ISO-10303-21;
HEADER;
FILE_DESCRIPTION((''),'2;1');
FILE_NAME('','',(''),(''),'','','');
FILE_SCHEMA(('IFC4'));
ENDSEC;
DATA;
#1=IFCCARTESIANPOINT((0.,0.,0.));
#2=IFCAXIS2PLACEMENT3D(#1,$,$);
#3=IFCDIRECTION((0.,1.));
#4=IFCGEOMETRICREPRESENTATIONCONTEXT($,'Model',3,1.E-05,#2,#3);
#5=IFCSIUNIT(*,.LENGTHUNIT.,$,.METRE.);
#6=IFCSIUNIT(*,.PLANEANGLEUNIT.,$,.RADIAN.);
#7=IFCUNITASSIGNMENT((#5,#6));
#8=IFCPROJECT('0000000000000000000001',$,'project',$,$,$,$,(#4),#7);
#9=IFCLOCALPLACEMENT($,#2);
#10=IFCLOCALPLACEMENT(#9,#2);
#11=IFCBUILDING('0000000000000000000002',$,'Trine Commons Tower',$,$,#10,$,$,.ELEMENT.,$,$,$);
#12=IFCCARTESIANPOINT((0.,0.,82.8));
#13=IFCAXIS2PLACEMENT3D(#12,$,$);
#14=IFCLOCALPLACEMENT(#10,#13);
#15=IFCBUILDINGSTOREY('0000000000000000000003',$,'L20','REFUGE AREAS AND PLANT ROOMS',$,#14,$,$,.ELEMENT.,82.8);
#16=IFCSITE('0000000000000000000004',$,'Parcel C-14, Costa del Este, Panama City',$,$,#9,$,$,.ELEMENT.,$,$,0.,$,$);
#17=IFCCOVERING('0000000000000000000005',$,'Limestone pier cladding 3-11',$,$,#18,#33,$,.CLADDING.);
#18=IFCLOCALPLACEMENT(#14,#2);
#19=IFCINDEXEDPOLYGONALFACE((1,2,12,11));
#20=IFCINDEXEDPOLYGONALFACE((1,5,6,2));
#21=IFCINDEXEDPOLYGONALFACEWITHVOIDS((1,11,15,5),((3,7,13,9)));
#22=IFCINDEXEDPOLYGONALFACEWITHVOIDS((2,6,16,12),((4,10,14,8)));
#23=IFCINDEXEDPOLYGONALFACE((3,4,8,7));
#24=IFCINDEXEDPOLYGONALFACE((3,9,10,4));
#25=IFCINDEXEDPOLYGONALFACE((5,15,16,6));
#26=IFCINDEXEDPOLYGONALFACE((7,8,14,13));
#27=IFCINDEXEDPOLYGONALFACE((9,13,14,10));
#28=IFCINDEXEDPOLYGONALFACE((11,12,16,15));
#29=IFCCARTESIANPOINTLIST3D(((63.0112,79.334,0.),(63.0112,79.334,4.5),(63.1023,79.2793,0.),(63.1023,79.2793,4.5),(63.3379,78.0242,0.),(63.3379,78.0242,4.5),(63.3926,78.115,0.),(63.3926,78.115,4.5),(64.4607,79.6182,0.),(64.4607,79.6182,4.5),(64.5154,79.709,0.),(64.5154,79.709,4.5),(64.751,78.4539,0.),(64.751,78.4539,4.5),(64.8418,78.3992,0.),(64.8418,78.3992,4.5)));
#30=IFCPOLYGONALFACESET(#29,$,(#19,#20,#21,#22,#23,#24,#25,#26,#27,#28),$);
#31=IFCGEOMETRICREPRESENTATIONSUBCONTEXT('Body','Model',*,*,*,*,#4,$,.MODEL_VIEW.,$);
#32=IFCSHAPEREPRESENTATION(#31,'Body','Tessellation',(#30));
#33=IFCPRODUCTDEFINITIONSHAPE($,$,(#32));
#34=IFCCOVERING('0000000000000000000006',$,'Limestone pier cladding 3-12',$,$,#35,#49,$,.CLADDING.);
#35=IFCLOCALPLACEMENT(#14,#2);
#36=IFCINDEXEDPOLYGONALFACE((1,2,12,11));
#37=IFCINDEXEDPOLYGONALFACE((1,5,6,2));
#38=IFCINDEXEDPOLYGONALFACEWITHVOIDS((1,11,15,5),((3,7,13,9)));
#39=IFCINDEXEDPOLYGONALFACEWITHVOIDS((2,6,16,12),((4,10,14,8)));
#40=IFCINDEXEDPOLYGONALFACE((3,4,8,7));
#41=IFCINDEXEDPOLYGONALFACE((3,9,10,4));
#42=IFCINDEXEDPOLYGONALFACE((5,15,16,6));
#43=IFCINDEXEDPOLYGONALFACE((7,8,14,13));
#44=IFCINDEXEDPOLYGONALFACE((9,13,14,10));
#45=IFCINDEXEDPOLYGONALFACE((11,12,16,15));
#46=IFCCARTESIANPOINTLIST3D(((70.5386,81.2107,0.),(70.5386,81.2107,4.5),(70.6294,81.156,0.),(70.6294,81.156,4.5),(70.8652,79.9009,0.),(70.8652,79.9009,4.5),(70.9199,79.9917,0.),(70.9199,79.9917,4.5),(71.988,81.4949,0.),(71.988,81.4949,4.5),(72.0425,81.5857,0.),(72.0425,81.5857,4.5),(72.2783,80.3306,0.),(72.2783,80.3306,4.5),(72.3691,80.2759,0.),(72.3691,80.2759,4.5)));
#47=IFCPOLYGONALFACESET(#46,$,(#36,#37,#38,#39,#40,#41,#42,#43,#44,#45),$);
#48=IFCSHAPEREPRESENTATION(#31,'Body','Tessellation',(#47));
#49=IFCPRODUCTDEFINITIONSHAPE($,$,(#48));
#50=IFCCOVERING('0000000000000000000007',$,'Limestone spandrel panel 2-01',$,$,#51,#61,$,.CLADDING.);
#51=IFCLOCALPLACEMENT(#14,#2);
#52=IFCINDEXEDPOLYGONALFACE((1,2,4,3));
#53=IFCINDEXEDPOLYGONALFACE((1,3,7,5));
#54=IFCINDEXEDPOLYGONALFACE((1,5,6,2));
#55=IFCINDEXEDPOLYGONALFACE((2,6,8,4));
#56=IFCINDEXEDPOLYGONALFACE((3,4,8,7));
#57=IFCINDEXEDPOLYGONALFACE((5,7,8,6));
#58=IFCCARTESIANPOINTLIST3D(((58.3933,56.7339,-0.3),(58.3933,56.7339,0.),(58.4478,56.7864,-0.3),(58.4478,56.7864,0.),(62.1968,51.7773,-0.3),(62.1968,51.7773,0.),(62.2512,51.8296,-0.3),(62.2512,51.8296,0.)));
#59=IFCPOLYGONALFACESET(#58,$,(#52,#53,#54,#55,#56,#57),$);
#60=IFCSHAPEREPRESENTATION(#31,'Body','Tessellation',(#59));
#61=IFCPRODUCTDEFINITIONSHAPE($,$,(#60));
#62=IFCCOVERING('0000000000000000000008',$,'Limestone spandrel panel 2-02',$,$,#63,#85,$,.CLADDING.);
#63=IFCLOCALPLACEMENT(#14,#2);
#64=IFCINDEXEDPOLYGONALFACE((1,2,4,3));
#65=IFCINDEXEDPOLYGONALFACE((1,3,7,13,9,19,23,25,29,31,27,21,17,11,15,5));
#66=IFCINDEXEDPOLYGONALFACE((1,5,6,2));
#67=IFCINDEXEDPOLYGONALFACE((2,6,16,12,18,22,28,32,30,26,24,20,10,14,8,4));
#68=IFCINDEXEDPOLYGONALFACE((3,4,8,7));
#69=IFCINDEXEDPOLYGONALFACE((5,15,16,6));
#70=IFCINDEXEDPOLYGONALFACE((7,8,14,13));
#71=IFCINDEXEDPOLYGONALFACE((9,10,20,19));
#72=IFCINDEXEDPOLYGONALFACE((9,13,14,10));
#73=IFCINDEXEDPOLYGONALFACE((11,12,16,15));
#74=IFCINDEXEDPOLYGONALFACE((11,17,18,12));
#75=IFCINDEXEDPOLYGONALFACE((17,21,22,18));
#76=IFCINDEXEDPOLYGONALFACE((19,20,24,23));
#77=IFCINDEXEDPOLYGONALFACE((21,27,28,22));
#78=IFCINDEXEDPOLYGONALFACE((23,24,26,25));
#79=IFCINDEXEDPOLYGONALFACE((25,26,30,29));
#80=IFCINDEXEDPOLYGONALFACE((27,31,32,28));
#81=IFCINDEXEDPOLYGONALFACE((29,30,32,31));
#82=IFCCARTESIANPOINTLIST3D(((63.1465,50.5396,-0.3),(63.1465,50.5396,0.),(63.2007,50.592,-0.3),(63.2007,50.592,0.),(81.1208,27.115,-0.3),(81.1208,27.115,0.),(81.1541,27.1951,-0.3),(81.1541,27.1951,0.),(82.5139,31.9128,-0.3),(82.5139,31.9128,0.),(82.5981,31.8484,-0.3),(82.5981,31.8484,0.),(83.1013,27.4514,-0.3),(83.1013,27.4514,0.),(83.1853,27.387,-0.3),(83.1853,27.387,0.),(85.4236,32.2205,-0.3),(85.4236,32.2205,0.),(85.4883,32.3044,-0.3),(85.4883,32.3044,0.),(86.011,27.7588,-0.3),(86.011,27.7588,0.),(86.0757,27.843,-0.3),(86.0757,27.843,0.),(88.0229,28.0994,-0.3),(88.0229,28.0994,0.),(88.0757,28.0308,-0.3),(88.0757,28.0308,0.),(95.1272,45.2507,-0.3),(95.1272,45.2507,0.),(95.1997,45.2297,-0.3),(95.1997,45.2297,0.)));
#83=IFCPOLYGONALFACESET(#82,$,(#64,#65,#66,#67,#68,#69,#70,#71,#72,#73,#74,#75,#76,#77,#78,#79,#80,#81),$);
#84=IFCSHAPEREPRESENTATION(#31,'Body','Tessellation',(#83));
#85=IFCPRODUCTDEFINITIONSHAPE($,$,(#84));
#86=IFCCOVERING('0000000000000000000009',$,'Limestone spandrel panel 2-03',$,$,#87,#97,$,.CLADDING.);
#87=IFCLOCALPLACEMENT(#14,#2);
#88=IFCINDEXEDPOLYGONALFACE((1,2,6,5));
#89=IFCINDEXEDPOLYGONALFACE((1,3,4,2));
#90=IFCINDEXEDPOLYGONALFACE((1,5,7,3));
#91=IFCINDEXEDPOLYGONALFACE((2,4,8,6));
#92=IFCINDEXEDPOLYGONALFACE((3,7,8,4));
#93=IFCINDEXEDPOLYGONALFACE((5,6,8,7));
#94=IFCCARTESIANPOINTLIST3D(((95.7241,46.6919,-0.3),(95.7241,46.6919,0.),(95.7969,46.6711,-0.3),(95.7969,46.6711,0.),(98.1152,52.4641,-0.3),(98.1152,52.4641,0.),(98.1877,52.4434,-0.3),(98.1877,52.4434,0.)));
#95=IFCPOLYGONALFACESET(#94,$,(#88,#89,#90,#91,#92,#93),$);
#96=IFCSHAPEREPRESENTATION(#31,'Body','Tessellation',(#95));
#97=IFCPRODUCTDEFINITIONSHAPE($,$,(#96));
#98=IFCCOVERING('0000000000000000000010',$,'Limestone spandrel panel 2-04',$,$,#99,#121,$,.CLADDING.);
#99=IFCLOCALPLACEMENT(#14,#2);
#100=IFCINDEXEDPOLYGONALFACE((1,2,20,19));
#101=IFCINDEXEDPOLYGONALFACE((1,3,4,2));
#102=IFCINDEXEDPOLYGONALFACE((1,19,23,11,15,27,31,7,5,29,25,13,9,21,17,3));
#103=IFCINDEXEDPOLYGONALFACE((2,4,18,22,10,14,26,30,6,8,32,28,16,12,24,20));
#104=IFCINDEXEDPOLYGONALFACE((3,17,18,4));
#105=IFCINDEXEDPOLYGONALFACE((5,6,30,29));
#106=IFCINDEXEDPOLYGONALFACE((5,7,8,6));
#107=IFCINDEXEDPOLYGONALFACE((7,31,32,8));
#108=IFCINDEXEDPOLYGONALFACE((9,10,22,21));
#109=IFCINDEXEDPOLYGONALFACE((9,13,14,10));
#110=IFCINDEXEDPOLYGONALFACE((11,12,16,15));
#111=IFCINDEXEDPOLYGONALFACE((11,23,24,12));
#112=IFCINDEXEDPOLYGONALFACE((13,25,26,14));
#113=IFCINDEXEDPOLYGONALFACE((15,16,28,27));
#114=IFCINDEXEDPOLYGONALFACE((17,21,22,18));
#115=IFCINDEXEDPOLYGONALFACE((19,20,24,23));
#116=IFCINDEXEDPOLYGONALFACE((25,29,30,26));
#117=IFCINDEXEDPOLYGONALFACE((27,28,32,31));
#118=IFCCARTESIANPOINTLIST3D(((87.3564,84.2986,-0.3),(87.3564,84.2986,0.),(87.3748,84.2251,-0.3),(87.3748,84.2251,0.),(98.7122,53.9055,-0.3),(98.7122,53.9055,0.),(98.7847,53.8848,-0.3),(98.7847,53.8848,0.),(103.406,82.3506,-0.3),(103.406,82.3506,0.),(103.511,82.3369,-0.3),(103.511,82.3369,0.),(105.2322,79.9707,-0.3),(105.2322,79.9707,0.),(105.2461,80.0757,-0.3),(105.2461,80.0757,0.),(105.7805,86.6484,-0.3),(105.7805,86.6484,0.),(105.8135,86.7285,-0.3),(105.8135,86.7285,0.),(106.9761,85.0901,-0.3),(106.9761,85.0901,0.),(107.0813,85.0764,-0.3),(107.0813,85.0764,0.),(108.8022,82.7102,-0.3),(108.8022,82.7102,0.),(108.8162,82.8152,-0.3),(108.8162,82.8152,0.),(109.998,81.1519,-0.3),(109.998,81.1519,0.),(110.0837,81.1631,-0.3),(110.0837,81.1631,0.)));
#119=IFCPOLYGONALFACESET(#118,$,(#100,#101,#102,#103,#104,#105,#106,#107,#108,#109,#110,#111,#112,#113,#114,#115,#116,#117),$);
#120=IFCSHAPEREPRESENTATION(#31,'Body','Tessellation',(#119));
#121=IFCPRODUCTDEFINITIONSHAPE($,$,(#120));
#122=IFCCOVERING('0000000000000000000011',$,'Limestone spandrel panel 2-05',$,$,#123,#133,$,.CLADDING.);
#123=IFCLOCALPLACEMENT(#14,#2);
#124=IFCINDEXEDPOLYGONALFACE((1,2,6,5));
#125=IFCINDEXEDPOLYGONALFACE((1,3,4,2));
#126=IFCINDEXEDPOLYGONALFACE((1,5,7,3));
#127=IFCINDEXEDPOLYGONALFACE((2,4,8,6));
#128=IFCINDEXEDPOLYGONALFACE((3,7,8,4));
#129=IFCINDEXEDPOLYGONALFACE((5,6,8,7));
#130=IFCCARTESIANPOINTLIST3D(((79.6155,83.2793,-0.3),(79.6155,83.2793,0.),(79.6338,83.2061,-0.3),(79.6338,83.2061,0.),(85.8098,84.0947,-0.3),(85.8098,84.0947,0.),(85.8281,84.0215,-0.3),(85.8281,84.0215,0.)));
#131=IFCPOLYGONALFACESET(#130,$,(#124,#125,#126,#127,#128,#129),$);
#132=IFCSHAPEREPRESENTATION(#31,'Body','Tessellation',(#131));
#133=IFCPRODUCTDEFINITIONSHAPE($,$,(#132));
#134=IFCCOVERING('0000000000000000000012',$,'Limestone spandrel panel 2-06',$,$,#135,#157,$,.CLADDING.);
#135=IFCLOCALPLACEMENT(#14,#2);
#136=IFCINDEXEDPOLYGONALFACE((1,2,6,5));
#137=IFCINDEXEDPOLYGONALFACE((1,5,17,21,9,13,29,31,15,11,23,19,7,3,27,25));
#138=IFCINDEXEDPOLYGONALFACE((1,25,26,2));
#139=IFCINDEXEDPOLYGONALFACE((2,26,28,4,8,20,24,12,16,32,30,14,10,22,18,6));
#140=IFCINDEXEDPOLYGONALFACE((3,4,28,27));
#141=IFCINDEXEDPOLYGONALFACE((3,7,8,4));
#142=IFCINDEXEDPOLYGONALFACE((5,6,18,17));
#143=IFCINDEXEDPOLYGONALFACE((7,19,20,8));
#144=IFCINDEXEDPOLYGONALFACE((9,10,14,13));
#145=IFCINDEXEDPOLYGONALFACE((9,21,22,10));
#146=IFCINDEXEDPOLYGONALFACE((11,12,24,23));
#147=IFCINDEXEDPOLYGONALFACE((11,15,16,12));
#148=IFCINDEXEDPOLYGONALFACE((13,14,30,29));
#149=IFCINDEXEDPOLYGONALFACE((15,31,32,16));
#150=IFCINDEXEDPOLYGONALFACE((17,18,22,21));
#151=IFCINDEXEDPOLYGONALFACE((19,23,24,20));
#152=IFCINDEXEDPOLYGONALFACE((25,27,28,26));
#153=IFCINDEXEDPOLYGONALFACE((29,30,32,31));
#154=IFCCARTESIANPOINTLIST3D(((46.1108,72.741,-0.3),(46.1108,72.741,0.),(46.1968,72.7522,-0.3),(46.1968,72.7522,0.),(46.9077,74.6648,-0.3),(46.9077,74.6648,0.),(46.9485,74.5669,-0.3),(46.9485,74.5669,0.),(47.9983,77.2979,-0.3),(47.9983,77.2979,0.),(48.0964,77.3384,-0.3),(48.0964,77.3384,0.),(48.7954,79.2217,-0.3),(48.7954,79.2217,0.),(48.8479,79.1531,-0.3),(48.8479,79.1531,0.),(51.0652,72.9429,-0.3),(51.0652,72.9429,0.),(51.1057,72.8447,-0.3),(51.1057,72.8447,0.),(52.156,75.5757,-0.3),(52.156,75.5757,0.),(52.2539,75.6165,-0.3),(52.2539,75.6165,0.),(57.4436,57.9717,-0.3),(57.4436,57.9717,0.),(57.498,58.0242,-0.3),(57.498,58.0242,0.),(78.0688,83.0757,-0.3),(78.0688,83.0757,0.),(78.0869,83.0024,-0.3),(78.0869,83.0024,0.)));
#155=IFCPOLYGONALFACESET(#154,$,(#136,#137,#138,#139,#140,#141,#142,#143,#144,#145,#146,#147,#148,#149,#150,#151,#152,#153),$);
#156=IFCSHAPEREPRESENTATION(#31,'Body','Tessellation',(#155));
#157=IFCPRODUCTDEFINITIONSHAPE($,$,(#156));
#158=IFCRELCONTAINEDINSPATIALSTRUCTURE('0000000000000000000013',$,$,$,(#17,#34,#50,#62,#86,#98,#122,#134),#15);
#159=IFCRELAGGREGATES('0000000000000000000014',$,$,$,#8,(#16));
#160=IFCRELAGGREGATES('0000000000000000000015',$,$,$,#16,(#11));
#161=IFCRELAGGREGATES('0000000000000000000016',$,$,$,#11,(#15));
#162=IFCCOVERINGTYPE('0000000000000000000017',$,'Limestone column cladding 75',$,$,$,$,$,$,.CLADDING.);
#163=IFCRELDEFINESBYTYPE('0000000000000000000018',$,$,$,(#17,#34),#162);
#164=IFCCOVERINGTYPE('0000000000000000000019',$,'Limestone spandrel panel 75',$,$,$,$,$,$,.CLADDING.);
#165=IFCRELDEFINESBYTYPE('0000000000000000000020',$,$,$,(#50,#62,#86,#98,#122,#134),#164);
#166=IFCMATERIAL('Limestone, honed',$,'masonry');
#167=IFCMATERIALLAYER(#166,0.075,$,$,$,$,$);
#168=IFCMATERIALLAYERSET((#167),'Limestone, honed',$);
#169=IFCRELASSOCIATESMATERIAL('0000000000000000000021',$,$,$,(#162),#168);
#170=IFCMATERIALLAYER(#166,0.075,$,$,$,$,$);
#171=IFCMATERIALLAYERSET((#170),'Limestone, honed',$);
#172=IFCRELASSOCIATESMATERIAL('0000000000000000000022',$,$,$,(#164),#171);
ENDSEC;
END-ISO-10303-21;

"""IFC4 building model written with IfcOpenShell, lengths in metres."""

from ifc_helpers import new_model, si_unit, direction, frame, origin, place, context, subcontext, project, spatial, polyline, outline, extrude, material, layer, layer_set, type_object, element, save


model = new_model("IFC4")

# Units and contexts
model_context = context("Model", 3, precision=1e-05, world=origin(), true_north=direction((0.0, 1.0)))
body_context = subcontext(model_context, "Body", "Model", "MODEL_VIEW")
ifc_project = project(units=[si_unit("LENGTHUNIT", "METRE"), si_unit("PLANEANGLEUNIT", "RADIAN")], contexts=[model_context])

# Site, building, storey
site_placement = place(None, origin())
site = spatial("IfcSite", under=ifc_project, at=site_placement, Name="Parcel C-14, Costa del Este, Panama City", CompositionType="ELEMENT", RefElevation=0.0)
building_placement = place(site_placement, origin())
building = spatial("IfcBuilding", under=site, at=building_placement, Name="Trine Commons Tower", CompositionType="ELEMENT")
storey_placement = place(building_placement, frame((0.0, 0.0, 82.8)))
storey = spatial("IfcBuildingStorey", under=building, at=storey_placement, Name="L20", Description="REFUGE AREAS AND PLANT ROOMS", CompositionType="ELEMENT", Elevation=82.8)

# Coverings
ifc_material_1 = material(Name="Limestone, honed", Category="masonry")
ifc_layer_1 = layer(ifc_material_1, 0.075)
ifc_layer_set_1 = layer_set([ifc_layer_1], Name="Limestone, honed")
covering_type_1 = type_object("IfcCoveringType", Name="Limestone column cladding 75", PredefinedType="CLADDING", material=ifc_layer_set_1)
covering_1_placement = place(storey_placement, origin())
element("IfcCovering", 1, at=covering_1_placement, inside=storey, type_object=covering_type_1, Name="Limestone pier cladding 3-11", PredefinedType="CLADDING", context=body_context, shape_type="SweptSolid", body=[
    extrude(outline(polyline([(64.8418, 78.3992), (64.5154, 79.709), (63.0112, 79.334), (63.3379, 78.0242), (64.8418, 78.3992)]), holes=[polyline([(64.751, 78.4539), (64.4607, 79.6182), (63.1023, 79.2793), (63.3926, 78.115), (64.751, 78.4539)])]), origin(), (0.0, 0.0, 1.0), 4.5),
])
covering_2_placement = place(storey_placement, origin())
element("IfcCovering", 2, at=covering_2_placement, inside=storey, type_object=covering_type_1, Name="Limestone pier cladding 3-12", PredefinedType="CLADDING", context=body_context, shape_type="SweptSolid", body=[
    extrude(outline(polyline([(72.3691, 80.2759), (72.0425, 81.5857), (70.5386, 81.2107), (70.8652, 79.9009), (72.3691, 80.2759)]), holes=[polyline([(72.2783, 80.3306), (71.988, 81.4949), (70.6294, 81.156), (70.9199, 79.9917), (72.2783, 80.3306)])]), origin(), (0.0, 0.0, 1.0), 4.5),
])
ifc_layer_2 = layer(ifc_material_1, 0.075)
ifc_layer_set_2 = layer_set([ifc_layer_2], Name="Limestone, honed")
covering_type_2 = type_object("IfcCoveringType", Name="Limestone spandrel panel 75", PredefinedType="CLADDING", material=ifc_layer_set_2)
covering_3_placement = place(storey_placement, frame((0.0, 0.0, -0.3)))
element("IfcCovering", 3, at=covering_3_placement, inside=storey, type_object=covering_type_2, Name="Limestone spandrel panel 2-01", PredefinedType="CLADDING", context=body_context, shape_type="SweptSolid", body=[
    extrude(outline(polyline([(58.3933, 56.7339), (62.1968, 51.7773), (62.2512, 51.8296), (58.4478, 56.7864), (58.3933, 56.7339)])), origin(), (0.0, 0.0, 1.0), 0.3),
])
covering_4_placement = place(storey_placement, frame((0.0, 0.0, -0.3)))
element("IfcCovering", 4, at=covering_4_placement, inside=storey, type_object=covering_type_2, Name="Limestone spandrel panel 2-02", PredefinedType="CLADDING", context=body_context, shape_type="SweptSolid", body=[
    extrude(outline(polyline([(85.4236, 32.2205), (86.011, 27.7588), (88.0757, 28.0308), (95.1997, 45.2297), (95.1272, 45.2507), (88.0229, 28.0994), (86.0757, 27.843), (85.4883, 32.3044), (82.5139, 31.9128), (83.1013, 27.4514), (81.1541, 27.1951), (63.2007, 50.592), (63.1465, 50.5396), (81.1208, 27.115), (83.1853, 27.387), (82.5981, 31.8484), (85.4236, 32.2205)])), origin(), (0.0, 0.0, 1.0), 0.3),
])
covering_5_placement = place(storey_placement, frame((0.0, 0.0, -0.3)))
element("IfcCovering", 5, at=covering_5_placement, inside=storey, type_object=covering_type_2, Name="Limestone spandrel panel 2-03", PredefinedType="CLADDING", context=body_context, shape_type="SweptSolid", body=[
    extrude(outline(polyline([(95.7969, 46.6711), (98.1877, 52.4434), (98.1152, 52.4641), (95.7241, 46.6919), (95.7969, 46.6711)])), origin(), (0.0, 0.0, 1.0), 0.3),
])
covering_6_placement = place(storey_placement, frame((0.0, 0.0, -0.3)))
element("IfcCovering", 6, at=covering_6_placement, inside=storey, type_object=covering_type_2, Name="Limestone spandrel panel 2-04", PredefinedType="CLADDING", context=body_context, shape_type="SweptSolid", body=[
    extrude(outline(polyline([(105.8135, 86.7285), (87.3564, 84.2986), (87.3748, 84.2251), (105.7805, 86.6484), (106.9761, 85.0901), (103.406, 82.3506), (105.2322, 79.9707), (108.8022, 82.7102), (109.998, 81.1519), (98.7122, 53.9055), (98.7847, 53.8848), (110.0837, 81.1631), (108.8162, 82.8152), (105.2461, 80.0757), (103.511, 82.3369), (107.0813, 85.0764), (105.8135, 86.7285)])), origin(), (0.0, 0.0, 1.0), 0.3),
])
covering_7_placement = place(storey_placement, frame((0.0, 0.0, -0.3)))
element("IfcCovering", 7, at=covering_7_placement, inside=storey, type_object=covering_type_2, Name="Limestone spandrel panel 2-05", PredefinedType="CLADDING", context=body_context, shape_type="SweptSolid", body=[
    extrude(outline(polyline([(85.8098, 84.0947), (79.6155, 83.2793), (79.6338, 83.2061), (85.8281, 84.0215), (85.8098, 84.0947)])), origin(), (0.0, 0.0, 1.0), 0.3),
])
covering_8_placement = place(storey_placement, frame((0.0, 0.0, -0.3)))
element("IfcCovering", 8, at=covering_8_placement, inside=storey, type_object=covering_type_2, Name="Limestone spandrel panel 2-06", PredefinedType="CLADDING", context=body_context, shape_type="SweptSolid", body=[
    extrude(outline(polyline([(46.1108, 72.741), (57.4436, 57.9717), (57.498, 58.0242), (46.1968, 72.7522), (46.9485, 74.5669), (51.1057, 72.8447), (52.2539, 75.6165), (48.0964, 77.3384), (48.8479, 79.1531), (78.0869, 83.0024), (78.0688, 83.0757), (48.7954, 79.2217), (47.9983, 77.2979), (52.156, 75.5757), (51.0652, 72.9429), (46.9077, 74.6648), (46.1108, 72.741)])), origin(), (0.0, 0.0, 1.0), 0.3),
])

save(model, "model.ifc")
